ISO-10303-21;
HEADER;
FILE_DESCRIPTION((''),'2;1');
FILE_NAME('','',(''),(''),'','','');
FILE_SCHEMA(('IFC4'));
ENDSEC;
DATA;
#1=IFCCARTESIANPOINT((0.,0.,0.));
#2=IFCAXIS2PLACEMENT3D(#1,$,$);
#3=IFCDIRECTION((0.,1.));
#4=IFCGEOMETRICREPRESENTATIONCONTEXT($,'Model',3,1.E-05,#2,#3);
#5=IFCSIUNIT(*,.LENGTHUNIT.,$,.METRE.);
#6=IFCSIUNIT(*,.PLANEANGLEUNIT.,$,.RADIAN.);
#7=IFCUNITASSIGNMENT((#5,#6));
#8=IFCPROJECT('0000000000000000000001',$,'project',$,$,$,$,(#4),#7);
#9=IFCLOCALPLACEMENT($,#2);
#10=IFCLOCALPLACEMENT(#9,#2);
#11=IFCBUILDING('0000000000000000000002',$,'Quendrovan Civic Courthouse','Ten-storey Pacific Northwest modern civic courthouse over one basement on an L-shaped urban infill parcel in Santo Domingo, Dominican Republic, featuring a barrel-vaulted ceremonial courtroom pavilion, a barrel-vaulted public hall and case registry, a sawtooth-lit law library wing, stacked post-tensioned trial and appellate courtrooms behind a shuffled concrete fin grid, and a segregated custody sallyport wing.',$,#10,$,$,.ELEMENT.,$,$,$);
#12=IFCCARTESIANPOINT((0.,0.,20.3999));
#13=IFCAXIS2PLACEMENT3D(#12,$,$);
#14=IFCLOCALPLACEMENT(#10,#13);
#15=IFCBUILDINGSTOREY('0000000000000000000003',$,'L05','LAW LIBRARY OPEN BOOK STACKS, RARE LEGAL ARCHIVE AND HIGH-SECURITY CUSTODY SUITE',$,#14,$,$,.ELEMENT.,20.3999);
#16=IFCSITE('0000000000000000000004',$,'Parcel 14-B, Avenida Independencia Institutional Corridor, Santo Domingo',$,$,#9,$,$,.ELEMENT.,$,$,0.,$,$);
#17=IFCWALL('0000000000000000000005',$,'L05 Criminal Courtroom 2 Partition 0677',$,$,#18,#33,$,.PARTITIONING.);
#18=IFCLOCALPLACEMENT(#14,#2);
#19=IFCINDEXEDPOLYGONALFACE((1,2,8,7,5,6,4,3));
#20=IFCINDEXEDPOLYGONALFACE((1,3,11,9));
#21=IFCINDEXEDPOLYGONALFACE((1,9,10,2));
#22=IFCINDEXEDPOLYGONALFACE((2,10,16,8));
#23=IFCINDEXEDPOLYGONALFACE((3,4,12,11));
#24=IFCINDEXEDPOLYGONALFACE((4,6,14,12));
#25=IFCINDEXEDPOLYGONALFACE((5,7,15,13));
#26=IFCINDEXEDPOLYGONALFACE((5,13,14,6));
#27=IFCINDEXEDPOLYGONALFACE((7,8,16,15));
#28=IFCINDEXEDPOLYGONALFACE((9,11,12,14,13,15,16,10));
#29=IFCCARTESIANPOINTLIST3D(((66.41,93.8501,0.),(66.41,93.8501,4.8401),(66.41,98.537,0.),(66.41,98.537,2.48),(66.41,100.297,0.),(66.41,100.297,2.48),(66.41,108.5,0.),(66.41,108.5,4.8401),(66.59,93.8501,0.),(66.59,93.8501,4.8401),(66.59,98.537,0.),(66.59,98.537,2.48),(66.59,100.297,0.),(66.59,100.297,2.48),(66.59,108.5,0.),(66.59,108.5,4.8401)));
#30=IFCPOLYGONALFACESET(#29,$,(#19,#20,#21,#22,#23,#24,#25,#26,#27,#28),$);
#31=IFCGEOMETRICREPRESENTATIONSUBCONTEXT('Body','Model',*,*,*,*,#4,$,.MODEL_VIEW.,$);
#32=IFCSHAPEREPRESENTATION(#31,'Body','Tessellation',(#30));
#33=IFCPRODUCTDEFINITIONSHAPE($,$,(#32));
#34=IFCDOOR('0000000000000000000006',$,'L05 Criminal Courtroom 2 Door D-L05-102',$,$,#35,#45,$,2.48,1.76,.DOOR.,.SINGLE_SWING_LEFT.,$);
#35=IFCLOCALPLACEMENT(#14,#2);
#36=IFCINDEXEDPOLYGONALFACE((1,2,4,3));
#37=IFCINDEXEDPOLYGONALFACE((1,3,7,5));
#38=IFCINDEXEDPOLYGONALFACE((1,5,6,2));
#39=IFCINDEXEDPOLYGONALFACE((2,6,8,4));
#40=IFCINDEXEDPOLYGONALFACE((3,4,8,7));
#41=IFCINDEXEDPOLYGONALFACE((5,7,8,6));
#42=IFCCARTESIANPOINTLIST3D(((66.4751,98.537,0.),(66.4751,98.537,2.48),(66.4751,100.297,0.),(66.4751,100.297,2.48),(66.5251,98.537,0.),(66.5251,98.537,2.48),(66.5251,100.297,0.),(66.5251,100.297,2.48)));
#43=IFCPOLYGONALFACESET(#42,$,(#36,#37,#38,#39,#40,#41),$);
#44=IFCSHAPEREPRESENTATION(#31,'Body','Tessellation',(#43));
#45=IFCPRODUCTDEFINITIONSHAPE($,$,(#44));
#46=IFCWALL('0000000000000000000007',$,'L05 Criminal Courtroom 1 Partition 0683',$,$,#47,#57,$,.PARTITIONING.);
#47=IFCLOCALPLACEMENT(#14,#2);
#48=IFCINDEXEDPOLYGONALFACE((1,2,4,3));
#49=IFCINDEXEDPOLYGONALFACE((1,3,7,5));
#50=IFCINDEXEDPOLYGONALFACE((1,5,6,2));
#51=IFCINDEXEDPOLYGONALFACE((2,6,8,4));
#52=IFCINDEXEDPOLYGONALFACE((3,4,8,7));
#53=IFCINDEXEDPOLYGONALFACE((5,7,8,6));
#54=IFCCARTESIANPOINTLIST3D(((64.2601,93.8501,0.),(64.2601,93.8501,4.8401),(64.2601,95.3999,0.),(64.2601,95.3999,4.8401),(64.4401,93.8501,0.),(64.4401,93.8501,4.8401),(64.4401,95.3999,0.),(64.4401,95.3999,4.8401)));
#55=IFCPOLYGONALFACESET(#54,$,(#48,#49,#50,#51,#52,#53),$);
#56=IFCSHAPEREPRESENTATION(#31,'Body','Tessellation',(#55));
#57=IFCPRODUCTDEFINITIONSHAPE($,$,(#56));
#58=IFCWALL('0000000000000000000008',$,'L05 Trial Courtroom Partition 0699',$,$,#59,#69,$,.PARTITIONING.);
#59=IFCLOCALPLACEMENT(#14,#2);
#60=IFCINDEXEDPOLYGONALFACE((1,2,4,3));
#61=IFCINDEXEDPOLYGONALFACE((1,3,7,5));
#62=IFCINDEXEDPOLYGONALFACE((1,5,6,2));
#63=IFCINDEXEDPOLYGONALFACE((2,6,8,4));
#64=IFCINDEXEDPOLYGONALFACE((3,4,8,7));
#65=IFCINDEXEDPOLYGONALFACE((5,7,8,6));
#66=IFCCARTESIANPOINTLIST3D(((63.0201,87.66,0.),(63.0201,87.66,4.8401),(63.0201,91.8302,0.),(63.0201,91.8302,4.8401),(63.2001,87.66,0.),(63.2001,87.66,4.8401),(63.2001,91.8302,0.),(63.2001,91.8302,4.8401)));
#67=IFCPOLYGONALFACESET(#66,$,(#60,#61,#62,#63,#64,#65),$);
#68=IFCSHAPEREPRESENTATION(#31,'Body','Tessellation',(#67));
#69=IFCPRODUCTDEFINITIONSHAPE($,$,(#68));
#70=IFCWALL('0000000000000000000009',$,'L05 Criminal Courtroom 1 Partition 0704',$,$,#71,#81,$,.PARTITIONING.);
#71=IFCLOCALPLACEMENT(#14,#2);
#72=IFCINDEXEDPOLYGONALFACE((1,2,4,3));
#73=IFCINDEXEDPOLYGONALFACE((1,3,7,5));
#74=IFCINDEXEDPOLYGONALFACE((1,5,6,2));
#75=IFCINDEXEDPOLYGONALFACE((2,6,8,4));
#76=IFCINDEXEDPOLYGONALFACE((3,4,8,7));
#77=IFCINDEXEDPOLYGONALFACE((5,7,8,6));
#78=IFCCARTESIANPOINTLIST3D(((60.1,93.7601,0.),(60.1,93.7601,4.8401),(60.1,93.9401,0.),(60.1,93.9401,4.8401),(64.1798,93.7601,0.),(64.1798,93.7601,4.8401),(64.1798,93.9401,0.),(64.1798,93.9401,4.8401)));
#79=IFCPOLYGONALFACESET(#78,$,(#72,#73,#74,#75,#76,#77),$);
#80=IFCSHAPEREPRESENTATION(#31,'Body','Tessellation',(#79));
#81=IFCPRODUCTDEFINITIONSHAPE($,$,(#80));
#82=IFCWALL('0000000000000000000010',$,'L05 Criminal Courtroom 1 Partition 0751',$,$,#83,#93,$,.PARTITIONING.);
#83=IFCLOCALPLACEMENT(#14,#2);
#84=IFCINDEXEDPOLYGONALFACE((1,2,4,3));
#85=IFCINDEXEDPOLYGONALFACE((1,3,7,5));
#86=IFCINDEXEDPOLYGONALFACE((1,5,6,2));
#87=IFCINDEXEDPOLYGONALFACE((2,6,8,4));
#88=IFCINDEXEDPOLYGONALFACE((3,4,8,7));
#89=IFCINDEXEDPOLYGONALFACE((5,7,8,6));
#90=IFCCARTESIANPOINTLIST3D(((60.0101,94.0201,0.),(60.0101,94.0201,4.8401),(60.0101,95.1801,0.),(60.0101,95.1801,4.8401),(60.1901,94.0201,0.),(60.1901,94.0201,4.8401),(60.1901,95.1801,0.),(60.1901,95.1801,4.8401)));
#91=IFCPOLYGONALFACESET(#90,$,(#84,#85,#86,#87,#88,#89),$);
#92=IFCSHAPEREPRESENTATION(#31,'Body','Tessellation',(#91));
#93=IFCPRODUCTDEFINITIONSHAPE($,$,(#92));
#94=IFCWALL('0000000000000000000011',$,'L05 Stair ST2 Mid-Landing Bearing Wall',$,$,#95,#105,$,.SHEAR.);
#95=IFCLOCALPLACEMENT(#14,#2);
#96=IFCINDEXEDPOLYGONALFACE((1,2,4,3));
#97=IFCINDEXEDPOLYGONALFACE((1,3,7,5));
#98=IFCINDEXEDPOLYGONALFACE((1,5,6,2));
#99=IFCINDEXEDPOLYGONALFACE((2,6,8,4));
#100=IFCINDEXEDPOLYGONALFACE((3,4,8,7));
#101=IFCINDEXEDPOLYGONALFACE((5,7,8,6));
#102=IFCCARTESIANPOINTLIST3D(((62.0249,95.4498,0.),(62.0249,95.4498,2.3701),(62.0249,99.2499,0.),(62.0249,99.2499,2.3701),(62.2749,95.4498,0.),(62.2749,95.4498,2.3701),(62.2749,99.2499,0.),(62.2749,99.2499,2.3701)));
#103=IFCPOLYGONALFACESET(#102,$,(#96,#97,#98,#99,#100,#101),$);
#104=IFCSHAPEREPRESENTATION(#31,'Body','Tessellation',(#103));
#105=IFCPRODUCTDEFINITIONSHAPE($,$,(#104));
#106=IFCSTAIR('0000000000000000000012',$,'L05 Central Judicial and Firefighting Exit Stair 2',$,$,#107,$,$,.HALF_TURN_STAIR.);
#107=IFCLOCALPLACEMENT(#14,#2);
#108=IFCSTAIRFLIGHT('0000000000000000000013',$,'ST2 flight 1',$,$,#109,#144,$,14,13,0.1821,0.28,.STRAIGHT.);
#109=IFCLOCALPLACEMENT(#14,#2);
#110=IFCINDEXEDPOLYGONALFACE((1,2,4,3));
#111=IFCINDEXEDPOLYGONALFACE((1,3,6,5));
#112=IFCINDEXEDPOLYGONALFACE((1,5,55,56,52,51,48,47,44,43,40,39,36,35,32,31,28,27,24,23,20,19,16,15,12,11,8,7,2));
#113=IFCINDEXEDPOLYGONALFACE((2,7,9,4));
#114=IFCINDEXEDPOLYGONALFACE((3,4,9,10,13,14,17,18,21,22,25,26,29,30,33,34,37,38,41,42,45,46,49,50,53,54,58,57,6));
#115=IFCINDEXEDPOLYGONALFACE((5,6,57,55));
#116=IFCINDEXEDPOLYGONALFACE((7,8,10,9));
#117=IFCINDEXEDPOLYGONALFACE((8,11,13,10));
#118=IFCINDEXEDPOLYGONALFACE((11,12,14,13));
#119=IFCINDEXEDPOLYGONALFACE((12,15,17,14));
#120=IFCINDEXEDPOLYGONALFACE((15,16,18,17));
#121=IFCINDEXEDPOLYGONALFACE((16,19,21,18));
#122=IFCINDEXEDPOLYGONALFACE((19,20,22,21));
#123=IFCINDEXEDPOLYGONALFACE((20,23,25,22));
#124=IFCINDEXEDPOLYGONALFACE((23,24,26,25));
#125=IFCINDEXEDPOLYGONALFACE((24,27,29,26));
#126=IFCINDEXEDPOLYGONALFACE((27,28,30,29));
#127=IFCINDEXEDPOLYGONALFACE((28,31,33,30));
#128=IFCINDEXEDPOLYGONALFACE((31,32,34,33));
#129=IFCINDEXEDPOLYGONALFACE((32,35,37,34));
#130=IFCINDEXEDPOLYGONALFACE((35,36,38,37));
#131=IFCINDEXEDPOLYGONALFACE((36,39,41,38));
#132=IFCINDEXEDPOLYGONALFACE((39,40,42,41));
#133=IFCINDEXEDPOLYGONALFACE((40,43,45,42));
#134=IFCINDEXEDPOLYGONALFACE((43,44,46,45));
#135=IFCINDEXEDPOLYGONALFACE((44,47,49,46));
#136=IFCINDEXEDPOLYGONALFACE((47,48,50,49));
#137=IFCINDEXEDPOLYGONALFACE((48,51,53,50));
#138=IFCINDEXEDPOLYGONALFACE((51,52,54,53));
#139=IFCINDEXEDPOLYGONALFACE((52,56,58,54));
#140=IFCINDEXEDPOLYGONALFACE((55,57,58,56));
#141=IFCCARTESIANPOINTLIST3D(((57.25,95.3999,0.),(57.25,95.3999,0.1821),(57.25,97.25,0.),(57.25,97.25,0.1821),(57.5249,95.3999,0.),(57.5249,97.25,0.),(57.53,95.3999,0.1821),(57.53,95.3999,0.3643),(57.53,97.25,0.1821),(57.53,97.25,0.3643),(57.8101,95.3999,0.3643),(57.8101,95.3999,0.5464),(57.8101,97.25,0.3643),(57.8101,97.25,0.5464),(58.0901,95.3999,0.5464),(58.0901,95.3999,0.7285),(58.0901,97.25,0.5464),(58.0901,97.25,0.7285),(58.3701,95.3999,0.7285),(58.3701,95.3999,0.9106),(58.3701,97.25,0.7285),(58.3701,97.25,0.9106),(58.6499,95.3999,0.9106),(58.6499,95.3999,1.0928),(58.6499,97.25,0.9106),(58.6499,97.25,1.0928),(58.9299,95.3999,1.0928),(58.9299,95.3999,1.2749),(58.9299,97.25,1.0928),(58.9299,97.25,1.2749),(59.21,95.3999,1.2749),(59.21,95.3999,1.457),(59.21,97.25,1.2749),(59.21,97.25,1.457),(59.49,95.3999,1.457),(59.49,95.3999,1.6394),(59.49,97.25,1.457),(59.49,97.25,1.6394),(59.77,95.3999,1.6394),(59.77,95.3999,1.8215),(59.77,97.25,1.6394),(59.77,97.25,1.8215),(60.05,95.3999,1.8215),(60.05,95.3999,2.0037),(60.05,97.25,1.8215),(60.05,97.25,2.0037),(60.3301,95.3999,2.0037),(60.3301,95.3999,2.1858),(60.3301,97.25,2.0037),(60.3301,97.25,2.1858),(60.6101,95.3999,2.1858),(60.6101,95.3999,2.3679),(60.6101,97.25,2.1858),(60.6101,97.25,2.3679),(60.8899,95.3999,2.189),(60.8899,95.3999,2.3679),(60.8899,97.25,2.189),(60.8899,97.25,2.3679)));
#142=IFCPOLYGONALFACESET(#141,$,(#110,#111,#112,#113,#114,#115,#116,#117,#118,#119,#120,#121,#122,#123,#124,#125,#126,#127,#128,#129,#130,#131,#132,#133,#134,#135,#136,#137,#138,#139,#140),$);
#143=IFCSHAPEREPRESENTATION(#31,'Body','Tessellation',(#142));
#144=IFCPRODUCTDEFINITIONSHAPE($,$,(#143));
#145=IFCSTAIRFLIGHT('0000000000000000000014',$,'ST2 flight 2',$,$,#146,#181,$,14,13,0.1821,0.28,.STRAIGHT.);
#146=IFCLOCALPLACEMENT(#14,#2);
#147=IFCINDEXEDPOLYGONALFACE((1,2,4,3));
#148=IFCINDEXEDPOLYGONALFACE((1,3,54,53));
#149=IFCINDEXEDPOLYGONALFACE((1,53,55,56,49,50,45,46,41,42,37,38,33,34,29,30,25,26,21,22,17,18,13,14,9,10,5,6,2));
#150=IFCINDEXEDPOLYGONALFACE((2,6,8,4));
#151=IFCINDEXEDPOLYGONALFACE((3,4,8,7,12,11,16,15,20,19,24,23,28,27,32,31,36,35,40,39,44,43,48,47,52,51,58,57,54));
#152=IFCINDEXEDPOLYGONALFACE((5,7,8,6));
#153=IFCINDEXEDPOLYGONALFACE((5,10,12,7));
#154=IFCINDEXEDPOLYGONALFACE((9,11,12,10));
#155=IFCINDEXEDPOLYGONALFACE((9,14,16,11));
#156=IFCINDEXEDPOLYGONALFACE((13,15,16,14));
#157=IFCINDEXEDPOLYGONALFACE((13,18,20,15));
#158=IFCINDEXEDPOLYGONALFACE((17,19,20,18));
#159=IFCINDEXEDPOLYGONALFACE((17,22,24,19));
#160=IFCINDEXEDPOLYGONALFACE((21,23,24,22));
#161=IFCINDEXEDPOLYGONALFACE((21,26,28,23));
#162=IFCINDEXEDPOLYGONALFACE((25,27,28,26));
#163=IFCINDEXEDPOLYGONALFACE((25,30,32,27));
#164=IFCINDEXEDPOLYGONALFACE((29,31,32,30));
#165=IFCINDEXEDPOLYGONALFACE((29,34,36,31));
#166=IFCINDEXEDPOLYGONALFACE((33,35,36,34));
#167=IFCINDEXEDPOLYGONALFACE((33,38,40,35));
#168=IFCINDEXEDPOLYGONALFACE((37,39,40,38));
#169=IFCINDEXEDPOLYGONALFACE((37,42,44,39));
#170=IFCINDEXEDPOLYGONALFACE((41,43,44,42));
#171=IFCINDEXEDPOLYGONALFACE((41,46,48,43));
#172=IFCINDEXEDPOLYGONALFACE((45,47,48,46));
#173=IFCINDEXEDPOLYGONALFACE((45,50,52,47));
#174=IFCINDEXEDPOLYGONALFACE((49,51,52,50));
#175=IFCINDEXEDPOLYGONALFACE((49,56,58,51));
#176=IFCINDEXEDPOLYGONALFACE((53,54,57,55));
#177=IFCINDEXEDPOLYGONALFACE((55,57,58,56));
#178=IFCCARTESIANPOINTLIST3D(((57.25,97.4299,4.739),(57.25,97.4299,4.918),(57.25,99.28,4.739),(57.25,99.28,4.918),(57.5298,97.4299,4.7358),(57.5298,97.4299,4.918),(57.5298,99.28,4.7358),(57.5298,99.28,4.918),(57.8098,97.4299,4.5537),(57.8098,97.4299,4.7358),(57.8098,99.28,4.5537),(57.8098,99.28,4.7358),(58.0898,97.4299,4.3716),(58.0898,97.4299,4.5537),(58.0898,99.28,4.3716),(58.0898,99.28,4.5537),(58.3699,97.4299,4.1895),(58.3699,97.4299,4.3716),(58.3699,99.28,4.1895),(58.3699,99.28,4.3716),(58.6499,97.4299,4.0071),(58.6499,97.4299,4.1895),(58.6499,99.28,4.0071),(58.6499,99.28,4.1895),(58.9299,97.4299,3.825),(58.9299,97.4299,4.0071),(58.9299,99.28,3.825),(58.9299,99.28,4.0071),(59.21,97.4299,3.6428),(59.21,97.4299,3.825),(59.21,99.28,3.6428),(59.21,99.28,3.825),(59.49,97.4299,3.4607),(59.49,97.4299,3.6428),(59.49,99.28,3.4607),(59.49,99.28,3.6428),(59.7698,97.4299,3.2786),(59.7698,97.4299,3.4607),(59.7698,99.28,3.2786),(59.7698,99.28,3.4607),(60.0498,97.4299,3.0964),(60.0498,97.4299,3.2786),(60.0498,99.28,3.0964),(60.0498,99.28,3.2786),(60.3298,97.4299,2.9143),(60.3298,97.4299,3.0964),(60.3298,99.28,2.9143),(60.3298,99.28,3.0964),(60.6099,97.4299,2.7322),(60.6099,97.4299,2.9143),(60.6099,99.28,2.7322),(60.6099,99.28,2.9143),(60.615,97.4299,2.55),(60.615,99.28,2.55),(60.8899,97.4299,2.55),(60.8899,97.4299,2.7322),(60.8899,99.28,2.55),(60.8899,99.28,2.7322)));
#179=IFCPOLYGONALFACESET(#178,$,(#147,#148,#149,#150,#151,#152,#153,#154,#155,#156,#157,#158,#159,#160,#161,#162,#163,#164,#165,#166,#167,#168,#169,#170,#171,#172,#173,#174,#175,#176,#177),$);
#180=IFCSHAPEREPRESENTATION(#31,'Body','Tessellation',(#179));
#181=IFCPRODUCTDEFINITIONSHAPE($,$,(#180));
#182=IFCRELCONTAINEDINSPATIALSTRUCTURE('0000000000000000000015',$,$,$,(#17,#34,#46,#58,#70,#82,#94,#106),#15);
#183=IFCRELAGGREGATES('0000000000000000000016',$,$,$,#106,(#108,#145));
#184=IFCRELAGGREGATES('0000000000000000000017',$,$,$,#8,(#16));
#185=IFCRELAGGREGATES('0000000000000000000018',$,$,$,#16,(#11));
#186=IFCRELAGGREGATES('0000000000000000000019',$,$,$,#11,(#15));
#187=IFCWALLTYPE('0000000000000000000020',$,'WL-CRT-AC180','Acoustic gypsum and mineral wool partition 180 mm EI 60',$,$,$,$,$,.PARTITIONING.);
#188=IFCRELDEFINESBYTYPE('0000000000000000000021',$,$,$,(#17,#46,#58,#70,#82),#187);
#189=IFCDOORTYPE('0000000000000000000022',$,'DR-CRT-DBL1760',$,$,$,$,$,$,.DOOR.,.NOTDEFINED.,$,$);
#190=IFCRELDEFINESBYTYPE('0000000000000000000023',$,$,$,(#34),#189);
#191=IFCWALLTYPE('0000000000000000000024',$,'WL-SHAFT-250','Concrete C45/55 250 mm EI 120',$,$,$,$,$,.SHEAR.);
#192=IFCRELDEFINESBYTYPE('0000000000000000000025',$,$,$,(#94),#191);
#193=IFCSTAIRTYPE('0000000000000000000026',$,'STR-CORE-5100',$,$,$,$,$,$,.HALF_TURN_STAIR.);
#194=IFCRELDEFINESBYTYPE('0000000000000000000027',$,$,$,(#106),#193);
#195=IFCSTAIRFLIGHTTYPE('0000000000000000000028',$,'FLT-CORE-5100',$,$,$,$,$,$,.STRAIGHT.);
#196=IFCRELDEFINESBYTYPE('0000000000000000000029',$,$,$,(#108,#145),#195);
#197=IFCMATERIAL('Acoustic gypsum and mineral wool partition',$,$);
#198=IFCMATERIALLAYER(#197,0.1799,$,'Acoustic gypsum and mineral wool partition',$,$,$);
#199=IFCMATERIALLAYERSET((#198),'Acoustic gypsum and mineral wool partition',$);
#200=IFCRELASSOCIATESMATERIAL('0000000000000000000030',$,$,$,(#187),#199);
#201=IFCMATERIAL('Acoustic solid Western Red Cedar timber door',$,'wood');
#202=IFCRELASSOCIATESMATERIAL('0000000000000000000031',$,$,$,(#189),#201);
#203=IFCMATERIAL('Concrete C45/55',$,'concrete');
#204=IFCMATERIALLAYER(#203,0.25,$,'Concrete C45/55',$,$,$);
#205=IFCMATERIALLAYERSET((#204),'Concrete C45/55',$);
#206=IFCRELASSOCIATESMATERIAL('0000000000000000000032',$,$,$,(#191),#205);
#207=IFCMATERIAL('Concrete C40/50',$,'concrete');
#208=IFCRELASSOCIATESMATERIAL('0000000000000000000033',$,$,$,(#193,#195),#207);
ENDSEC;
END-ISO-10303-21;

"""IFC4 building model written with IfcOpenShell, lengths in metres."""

from ifc_helpers import new_model, si_unit, direction, frame, frame_2d, origin, place, context, subcontext, project, spatial, polyline, rectangle, outline, extrude, material, layer, layer_set, type_object, element, fill, aggregate, save


model = new_model("IFC4")

# Units and contexts
model_context = context("Model", 3, precision=1e-05, world=origin(), true_north=direction((0.0, 1.0)))
body_context = subcontext(model_context, "Body", "Model", "MODEL_VIEW")
ifc_project = project(units=[si_unit("LENGTHUNIT", "METRE"), si_unit("PLANEANGLEUNIT", "RADIAN")], contexts=[model_context])

# Site, building, storey
site_placement = place(None, origin())
site = spatial("IfcSite", under=ifc_project, at=site_placement, Name="Parcel 14-B, Avenida Independencia Institutional Corridor, Santo Domingo", CompositionType="ELEMENT", RefElevation=0.0)
building_placement = place(site_placement, origin())
building = spatial("IfcBuilding", under=site, at=building_placement, Name="Quendrovan Civic Courthouse", Description="Ten-storey Pacific Northwest modern civic courthouse over one basement on an L-shaped urban infill parcel in Santo Domingo, Dominican Republic, featuring a barrel-vaulted ceremonial courtroom pavilion, a barrel-vaulted public hall and case registry, a sawtooth-lit law library wing, stacked post-tensioned trial and appellate courtrooms behind a shuffled concrete fin grid, and a segregated custody sallyport wing.", CompositionType="ELEMENT")
storey_placement = place(building_placement, frame((0.0, 0.0, 20.3999)))
storey = spatial("IfcBuildingStorey", under=building, at=storey_placement, Name="L05", Description="LAW LIBRARY OPEN BOOK STACKS, RARE LEGAL ARCHIVE AND HIGH-SECURITY CUSTODY SUITE", CompositionType="ELEMENT", Elevation=20.3999)

# Shared definitions
ifc_material_1 = material(Name="Concrete C45/55", Category="concrete")

# Shared definitions
ifc_material_2 = material(Name="Concrete C40/50", Category="concrete")

# Wall, opening, door
ifc_material_3 = material(Name="Acoustic gypsum and mineral wool partition")
ifc_layer_1 = layer(ifc_material_3, 0.1799, Name="Acoustic gypsum and mineral wool partition")
ifc_layer_set_1 = layer_set([ifc_layer_1], Name="Acoustic gypsum and mineral wool partition")
wall_type_1 = type_object("IfcWallType", Name="WL-CRT-AC180", Description="Acoustic gypsum and mineral wool partition 180 mm EI 60", PredefinedType="PARTITIONING", material=ifc_layer_set_1)
wall_1_placement = place(storey_placement, frame((66.5, 93.8501, 0.0), z_axis=(0.0, 0.0, 1.0), x_axis=(0.0, 1.0, 0.0)))
wall_1 = element("IfcWall", 1, at=wall_1_placement, inside=storey, type_object=wall_type_1, Name="L05 Criminal Courtroom 2 Partition 0677", PredefinedType="PARTITIONING", context=body_context, shape_type="SweptSolid", body=[
    extrude(rectangle(XDim=14.6499, YDim=0.1799, at=frame_2d((7.325, 0.0))), origin(), (0.0, 0.0, 1.0), 4.8401),
])
opening_1_placement = place(wall_1_placement, frame((4.687, 0.0, 0.0)))
opening_1 = element("IfcOpeningElement", 2, at=opening_1_placement, cuts=wall_1, PredefinedType="OPENING", context=body_context, shape_type="SweptSolid", body=[
    extrude(rectangle(XDim=1.76, YDim=2.48, at=frame_2d((0.8799, 1.24))), frame((0.0, 0.1001, 0.0), z_axis=(0.0, -1.0, 0.0), x_axis=(1.0, 0.0, 0.0)), (0.0, 0.0, 1.0), 0.2),
])
ifc_material_4 = material(Name="Acoustic solid Western Red Cedar timber door", Category="wood")
door_type_1 = type_object("IfcDoorType", Name="DR-CRT-DBL1760", OperationType="NOTDEFINED", PredefinedType="DOOR", material=ifc_material_4)
door_1_placement = place(opening_1_placement, origin())
door_1 = element("IfcDoor", 3, at=door_1_placement, inside=storey, type_object=door_type_1, Name="L05 Criminal Courtroom 2 Door D-L05-102", OperationType="SINGLE_SWING_LEFT", OverallHeight=2.48, OverallWidth=1.76, PredefinedType="DOOR", context=body_context, shape_type="SweptSolid", body=[
    extrude(rectangle(XDim=1.76, YDim=2.48, at=frame_2d((0.8799, 1.24))), frame((0.0, 0.0249, 0.0), z_axis=(0.0, -1.0, 0.0), x_axis=(1.0, 0.0, 0.0)), (0.0, 0.0, 1.0), 0.05),
])
fill(opening_1, door_1)

# Walls
wall_2_placement = place(storey_placement, frame((64.3501, 95.3999, 0.0), z_axis=(0.0, 0.0, 1.0), x_axis=(0.0, -1.0, 0.0)))
element("IfcWall", 4, at=wall_2_placement, inside=storey, type_object=wall_type_1, Name="L05 Criminal Courtroom 1 Partition 0683", PredefinedType="PARTITIONING", context=body_context, shape_type="SweptSolid", body=[
    extrude(rectangle(XDim=1.5498, YDim=0.1799, at=frame_2d((0.7749, 0.0))), origin(), (0.0, 0.0, 1.0), 4.8401),
])
wall_3_placement = place(storey_placement, frame((63.1101, 91.8301, 0.0), z_axis=(0.0, 0.0, 1.0), x_axis=(0.0, -1.0, 0.0)))
element("IfcWall", 5, at=wall_3_placement, inside=storey, type_object=wall_type_1, Name="L05 Trial Courtroom Partition 0699", PredefinedType="PARTITIONING", context=body_context, shape_type="SweptSolid", body=[
    extrude(rectangle(XDim=4.1702, YDim=0.1799, at=frame_2d((2.085, 0.0))), origin(), (0.0, 0.0, 1.0), 4.8401),
])
wall_4_placement = place(storey_placement, frame((64.1799, 93.8501, 0.0), z_axis=(0.0, 0.0, 1.0), x_axis=(-1.0, 0.0, 0.0)))
element("IfcWall", 6, at=wall_4_placement, inside=storey, type_object=wall_type_1, Name="L05 Criminal Courtroom 1 Partition 0704", PredefinedType="PARTITIONING", context=body_context, shape_type="SweptSolid", body=[
    extrude(rectangle(XDim=4.0798, YDim=0.1799, at=frame_2d((2.04, 0.0))), origin(), (0.0, 0.0, 1.0), 4.8401),
])
wall_5_placement = place(storey_placement, frame((60.1001, 94.02, 0.0), z_axis=(0.0, 0.0, 1.0), x_axis=(0.0, 1.0, 0.0)))
element("IfcWall", 7, at=wall_5_placement, inside=storey, type_object=wall_type_1, Name="L05 Criminal Courtroom 1 Partition 0751", PredefinedType="PARTITIONING", context=body_context, shape_type="SweptSolid", body=[
    extrude(rectangle(XDim=1.1599, YDim=0.1799, at=frame_2d((0.5801, 0.0))), origin(), (0.0, 0.0, 1.0), 4.8401),
])
ifc_layer_2 = layer(ifc_material_1, 0.25, Name="Concrete C45/55")
ifc_layer_set_2 = layer_set([ifc_layer_2], Name="Concrete C45/55")
wall_type_2 = type_object("IfcWallType", Name="WL-SHAFT-250", Description="Concrete C45/55 250 mm EI 120", PredefinedType="SHEAR", material=ifc_layer_set_2)
wall_6_placement = place(storey_placement, frame((62.1499, 95.45, 0.0), z_axis=(0.0, 0.0, 1.0), x_axis=(0.0, 1.0, 0.0)))
element("IfcWall", 8, at=wall_6_placement, inside=storey, type_object=wall_type_2, Name="L05 Stair ST2 Mid-Landing Bearing Wall", PredefinedType="SHEAR", context=body_context, shape_type="SweptSolid", body=[
    extrude(rectangle(XDim=3.8, YDim=0.25, at=frame_2d((1.8999, 0.0))), origin(), (0.0, 0.0, 1.0), 2.3701),
])

# Stair, stair flights
stair_type = type_object("IfcStairType", Name="STR-CORE-5100", PredefinedType="HALF_TURN_STAIR", material=ifc_material_2)
stair_placement = place(storey_placement, origin())
stair = element("IfcStair", 9, at=stair_placement, inside=storey, type_object=stair_type, Name="L05 Central Judicial and Firefighting Exit Stair 2", PredefinedType="HALF_TURN_STAIR")
stair_flight_type = type_object("IfcStairFlightType", Name="FLT-CORE-5100", PredefinedType="STRAIGHT", material=ifc_material_2)
stair_flight_1_placement = place(storey_placement, frame((57.25, 96.325, 0.0), z_axis=(0.0, 0.0, 1.0), x_axis=(1.0, 0.0, 0.0)))
stair_flight_1 = element("IfcStairFlight", 10, at=stair_flight_1_placement, type_object=stair_flight_type, Name="ST2 flight 1", NumberOfRisers=14, NumberOfTreads=13, PredefinedType="STRAIGHT", RiserHeight=0.1821, TreadLength=0.28, context=body_context, shape_type="SweptSolid", body=[
    extrude(outline(polyline([(0.0, 0.0), (0.0, 0.1821), (0.28, 0.1821), (0.28, 0.3643), (0.5601, 0.3643), (0.5601, 0.5464), (0.8401, 0.5464), (0.8401, 0.7285), (1.1201, 0.7285), (1.1201, 0.9106), (1.3999, 0.9106), (1.3999, 1.0928), (1.6799, 1.0928), (1.6799, 1.2749), (1.96, 1.2749), (1.96, 1.457), (2.24, 1.457), (2.24, 1.6394), (2.52, 1.6394), (2.52, 1.8215), (2.8, 1.8215), (2.8, 2.0037), (3.0801, 2.0037), (3.0801, 2.1858), (3.3601, 2.1858), (3.3601, 2.3679), (3.6399, 2.3679), (3.6399, 2.55), (3.6399, 2.189), (0.2749, 0.0), (0.0, 0.0)])), frame((0.0, 0.925, 0.0), z_axis=(0.0, -1.0, 0.0), x_axis=(1.0, 0.0, 0.0)), (0.0, 0.0, 1.0), 1.8501),
])
stair_flight_2_placement = place(storey_placement, frame((60.8899, 98.355, 2.55), z_axis=(0.0, 0.0, 1.0), x_axis=(-1.0, 0.0, 0.0)))
stair_flight_2 = element("IfcStairFlight", 11, at=stair_flight_2_placement, type_object=stair_flight_type, Name="ST2 flight 2", NumberOfRisers=14, NumberOfTreads=13, PredefinedType="STRAIGHT", RiserHeight=0.1821, TreadLength=0.28, context=body_context, shape_type="SweptSolid", body=[
    extrude(outline(polyline([(0.0, 0.0), (0.0, 0.1821), (0.28, 0.1821), (0.28, 0.3643), (0.5601, 0.3643), (0.5601, 0.5464), (0.8401, 0.5464), (0.8401, 0.7285), (1.1201, 0.7285), (1.1201, 0.9106), (1.3999, 0.9106), (1.3999, 1.0928), (1.6799, 1.0928), (1.6799, 1.2749), (1.96, 1.2749), (1.96, 1.457), (2.24, 1.457), (2.24, 1.6394), (2.52, 1.6394), (2.52, 1.8215), (2.8, 1.8215), (2.8, 2.0037), (3.0801, 2.0037), (3.0801, 2.1858), (3.3601, 2.1858), (3.3601, 2.3679), (3.6399, 2.3679), (3.6399, 2.55), (3.6399, 2.189), (0.2749, 0.0), (0.0, 0.0)])), frame((0.0, 0.925, 0.0), z_axis=(0.0, -1.0, 0.0), x_axis=(1.0, 0.0, 0.0)), (0.0, 0.0, 1.0), 1.8501),
])
aggregate(stair, [stair_flight_1, stair_flight_2])

save(model, "model.ifc")
